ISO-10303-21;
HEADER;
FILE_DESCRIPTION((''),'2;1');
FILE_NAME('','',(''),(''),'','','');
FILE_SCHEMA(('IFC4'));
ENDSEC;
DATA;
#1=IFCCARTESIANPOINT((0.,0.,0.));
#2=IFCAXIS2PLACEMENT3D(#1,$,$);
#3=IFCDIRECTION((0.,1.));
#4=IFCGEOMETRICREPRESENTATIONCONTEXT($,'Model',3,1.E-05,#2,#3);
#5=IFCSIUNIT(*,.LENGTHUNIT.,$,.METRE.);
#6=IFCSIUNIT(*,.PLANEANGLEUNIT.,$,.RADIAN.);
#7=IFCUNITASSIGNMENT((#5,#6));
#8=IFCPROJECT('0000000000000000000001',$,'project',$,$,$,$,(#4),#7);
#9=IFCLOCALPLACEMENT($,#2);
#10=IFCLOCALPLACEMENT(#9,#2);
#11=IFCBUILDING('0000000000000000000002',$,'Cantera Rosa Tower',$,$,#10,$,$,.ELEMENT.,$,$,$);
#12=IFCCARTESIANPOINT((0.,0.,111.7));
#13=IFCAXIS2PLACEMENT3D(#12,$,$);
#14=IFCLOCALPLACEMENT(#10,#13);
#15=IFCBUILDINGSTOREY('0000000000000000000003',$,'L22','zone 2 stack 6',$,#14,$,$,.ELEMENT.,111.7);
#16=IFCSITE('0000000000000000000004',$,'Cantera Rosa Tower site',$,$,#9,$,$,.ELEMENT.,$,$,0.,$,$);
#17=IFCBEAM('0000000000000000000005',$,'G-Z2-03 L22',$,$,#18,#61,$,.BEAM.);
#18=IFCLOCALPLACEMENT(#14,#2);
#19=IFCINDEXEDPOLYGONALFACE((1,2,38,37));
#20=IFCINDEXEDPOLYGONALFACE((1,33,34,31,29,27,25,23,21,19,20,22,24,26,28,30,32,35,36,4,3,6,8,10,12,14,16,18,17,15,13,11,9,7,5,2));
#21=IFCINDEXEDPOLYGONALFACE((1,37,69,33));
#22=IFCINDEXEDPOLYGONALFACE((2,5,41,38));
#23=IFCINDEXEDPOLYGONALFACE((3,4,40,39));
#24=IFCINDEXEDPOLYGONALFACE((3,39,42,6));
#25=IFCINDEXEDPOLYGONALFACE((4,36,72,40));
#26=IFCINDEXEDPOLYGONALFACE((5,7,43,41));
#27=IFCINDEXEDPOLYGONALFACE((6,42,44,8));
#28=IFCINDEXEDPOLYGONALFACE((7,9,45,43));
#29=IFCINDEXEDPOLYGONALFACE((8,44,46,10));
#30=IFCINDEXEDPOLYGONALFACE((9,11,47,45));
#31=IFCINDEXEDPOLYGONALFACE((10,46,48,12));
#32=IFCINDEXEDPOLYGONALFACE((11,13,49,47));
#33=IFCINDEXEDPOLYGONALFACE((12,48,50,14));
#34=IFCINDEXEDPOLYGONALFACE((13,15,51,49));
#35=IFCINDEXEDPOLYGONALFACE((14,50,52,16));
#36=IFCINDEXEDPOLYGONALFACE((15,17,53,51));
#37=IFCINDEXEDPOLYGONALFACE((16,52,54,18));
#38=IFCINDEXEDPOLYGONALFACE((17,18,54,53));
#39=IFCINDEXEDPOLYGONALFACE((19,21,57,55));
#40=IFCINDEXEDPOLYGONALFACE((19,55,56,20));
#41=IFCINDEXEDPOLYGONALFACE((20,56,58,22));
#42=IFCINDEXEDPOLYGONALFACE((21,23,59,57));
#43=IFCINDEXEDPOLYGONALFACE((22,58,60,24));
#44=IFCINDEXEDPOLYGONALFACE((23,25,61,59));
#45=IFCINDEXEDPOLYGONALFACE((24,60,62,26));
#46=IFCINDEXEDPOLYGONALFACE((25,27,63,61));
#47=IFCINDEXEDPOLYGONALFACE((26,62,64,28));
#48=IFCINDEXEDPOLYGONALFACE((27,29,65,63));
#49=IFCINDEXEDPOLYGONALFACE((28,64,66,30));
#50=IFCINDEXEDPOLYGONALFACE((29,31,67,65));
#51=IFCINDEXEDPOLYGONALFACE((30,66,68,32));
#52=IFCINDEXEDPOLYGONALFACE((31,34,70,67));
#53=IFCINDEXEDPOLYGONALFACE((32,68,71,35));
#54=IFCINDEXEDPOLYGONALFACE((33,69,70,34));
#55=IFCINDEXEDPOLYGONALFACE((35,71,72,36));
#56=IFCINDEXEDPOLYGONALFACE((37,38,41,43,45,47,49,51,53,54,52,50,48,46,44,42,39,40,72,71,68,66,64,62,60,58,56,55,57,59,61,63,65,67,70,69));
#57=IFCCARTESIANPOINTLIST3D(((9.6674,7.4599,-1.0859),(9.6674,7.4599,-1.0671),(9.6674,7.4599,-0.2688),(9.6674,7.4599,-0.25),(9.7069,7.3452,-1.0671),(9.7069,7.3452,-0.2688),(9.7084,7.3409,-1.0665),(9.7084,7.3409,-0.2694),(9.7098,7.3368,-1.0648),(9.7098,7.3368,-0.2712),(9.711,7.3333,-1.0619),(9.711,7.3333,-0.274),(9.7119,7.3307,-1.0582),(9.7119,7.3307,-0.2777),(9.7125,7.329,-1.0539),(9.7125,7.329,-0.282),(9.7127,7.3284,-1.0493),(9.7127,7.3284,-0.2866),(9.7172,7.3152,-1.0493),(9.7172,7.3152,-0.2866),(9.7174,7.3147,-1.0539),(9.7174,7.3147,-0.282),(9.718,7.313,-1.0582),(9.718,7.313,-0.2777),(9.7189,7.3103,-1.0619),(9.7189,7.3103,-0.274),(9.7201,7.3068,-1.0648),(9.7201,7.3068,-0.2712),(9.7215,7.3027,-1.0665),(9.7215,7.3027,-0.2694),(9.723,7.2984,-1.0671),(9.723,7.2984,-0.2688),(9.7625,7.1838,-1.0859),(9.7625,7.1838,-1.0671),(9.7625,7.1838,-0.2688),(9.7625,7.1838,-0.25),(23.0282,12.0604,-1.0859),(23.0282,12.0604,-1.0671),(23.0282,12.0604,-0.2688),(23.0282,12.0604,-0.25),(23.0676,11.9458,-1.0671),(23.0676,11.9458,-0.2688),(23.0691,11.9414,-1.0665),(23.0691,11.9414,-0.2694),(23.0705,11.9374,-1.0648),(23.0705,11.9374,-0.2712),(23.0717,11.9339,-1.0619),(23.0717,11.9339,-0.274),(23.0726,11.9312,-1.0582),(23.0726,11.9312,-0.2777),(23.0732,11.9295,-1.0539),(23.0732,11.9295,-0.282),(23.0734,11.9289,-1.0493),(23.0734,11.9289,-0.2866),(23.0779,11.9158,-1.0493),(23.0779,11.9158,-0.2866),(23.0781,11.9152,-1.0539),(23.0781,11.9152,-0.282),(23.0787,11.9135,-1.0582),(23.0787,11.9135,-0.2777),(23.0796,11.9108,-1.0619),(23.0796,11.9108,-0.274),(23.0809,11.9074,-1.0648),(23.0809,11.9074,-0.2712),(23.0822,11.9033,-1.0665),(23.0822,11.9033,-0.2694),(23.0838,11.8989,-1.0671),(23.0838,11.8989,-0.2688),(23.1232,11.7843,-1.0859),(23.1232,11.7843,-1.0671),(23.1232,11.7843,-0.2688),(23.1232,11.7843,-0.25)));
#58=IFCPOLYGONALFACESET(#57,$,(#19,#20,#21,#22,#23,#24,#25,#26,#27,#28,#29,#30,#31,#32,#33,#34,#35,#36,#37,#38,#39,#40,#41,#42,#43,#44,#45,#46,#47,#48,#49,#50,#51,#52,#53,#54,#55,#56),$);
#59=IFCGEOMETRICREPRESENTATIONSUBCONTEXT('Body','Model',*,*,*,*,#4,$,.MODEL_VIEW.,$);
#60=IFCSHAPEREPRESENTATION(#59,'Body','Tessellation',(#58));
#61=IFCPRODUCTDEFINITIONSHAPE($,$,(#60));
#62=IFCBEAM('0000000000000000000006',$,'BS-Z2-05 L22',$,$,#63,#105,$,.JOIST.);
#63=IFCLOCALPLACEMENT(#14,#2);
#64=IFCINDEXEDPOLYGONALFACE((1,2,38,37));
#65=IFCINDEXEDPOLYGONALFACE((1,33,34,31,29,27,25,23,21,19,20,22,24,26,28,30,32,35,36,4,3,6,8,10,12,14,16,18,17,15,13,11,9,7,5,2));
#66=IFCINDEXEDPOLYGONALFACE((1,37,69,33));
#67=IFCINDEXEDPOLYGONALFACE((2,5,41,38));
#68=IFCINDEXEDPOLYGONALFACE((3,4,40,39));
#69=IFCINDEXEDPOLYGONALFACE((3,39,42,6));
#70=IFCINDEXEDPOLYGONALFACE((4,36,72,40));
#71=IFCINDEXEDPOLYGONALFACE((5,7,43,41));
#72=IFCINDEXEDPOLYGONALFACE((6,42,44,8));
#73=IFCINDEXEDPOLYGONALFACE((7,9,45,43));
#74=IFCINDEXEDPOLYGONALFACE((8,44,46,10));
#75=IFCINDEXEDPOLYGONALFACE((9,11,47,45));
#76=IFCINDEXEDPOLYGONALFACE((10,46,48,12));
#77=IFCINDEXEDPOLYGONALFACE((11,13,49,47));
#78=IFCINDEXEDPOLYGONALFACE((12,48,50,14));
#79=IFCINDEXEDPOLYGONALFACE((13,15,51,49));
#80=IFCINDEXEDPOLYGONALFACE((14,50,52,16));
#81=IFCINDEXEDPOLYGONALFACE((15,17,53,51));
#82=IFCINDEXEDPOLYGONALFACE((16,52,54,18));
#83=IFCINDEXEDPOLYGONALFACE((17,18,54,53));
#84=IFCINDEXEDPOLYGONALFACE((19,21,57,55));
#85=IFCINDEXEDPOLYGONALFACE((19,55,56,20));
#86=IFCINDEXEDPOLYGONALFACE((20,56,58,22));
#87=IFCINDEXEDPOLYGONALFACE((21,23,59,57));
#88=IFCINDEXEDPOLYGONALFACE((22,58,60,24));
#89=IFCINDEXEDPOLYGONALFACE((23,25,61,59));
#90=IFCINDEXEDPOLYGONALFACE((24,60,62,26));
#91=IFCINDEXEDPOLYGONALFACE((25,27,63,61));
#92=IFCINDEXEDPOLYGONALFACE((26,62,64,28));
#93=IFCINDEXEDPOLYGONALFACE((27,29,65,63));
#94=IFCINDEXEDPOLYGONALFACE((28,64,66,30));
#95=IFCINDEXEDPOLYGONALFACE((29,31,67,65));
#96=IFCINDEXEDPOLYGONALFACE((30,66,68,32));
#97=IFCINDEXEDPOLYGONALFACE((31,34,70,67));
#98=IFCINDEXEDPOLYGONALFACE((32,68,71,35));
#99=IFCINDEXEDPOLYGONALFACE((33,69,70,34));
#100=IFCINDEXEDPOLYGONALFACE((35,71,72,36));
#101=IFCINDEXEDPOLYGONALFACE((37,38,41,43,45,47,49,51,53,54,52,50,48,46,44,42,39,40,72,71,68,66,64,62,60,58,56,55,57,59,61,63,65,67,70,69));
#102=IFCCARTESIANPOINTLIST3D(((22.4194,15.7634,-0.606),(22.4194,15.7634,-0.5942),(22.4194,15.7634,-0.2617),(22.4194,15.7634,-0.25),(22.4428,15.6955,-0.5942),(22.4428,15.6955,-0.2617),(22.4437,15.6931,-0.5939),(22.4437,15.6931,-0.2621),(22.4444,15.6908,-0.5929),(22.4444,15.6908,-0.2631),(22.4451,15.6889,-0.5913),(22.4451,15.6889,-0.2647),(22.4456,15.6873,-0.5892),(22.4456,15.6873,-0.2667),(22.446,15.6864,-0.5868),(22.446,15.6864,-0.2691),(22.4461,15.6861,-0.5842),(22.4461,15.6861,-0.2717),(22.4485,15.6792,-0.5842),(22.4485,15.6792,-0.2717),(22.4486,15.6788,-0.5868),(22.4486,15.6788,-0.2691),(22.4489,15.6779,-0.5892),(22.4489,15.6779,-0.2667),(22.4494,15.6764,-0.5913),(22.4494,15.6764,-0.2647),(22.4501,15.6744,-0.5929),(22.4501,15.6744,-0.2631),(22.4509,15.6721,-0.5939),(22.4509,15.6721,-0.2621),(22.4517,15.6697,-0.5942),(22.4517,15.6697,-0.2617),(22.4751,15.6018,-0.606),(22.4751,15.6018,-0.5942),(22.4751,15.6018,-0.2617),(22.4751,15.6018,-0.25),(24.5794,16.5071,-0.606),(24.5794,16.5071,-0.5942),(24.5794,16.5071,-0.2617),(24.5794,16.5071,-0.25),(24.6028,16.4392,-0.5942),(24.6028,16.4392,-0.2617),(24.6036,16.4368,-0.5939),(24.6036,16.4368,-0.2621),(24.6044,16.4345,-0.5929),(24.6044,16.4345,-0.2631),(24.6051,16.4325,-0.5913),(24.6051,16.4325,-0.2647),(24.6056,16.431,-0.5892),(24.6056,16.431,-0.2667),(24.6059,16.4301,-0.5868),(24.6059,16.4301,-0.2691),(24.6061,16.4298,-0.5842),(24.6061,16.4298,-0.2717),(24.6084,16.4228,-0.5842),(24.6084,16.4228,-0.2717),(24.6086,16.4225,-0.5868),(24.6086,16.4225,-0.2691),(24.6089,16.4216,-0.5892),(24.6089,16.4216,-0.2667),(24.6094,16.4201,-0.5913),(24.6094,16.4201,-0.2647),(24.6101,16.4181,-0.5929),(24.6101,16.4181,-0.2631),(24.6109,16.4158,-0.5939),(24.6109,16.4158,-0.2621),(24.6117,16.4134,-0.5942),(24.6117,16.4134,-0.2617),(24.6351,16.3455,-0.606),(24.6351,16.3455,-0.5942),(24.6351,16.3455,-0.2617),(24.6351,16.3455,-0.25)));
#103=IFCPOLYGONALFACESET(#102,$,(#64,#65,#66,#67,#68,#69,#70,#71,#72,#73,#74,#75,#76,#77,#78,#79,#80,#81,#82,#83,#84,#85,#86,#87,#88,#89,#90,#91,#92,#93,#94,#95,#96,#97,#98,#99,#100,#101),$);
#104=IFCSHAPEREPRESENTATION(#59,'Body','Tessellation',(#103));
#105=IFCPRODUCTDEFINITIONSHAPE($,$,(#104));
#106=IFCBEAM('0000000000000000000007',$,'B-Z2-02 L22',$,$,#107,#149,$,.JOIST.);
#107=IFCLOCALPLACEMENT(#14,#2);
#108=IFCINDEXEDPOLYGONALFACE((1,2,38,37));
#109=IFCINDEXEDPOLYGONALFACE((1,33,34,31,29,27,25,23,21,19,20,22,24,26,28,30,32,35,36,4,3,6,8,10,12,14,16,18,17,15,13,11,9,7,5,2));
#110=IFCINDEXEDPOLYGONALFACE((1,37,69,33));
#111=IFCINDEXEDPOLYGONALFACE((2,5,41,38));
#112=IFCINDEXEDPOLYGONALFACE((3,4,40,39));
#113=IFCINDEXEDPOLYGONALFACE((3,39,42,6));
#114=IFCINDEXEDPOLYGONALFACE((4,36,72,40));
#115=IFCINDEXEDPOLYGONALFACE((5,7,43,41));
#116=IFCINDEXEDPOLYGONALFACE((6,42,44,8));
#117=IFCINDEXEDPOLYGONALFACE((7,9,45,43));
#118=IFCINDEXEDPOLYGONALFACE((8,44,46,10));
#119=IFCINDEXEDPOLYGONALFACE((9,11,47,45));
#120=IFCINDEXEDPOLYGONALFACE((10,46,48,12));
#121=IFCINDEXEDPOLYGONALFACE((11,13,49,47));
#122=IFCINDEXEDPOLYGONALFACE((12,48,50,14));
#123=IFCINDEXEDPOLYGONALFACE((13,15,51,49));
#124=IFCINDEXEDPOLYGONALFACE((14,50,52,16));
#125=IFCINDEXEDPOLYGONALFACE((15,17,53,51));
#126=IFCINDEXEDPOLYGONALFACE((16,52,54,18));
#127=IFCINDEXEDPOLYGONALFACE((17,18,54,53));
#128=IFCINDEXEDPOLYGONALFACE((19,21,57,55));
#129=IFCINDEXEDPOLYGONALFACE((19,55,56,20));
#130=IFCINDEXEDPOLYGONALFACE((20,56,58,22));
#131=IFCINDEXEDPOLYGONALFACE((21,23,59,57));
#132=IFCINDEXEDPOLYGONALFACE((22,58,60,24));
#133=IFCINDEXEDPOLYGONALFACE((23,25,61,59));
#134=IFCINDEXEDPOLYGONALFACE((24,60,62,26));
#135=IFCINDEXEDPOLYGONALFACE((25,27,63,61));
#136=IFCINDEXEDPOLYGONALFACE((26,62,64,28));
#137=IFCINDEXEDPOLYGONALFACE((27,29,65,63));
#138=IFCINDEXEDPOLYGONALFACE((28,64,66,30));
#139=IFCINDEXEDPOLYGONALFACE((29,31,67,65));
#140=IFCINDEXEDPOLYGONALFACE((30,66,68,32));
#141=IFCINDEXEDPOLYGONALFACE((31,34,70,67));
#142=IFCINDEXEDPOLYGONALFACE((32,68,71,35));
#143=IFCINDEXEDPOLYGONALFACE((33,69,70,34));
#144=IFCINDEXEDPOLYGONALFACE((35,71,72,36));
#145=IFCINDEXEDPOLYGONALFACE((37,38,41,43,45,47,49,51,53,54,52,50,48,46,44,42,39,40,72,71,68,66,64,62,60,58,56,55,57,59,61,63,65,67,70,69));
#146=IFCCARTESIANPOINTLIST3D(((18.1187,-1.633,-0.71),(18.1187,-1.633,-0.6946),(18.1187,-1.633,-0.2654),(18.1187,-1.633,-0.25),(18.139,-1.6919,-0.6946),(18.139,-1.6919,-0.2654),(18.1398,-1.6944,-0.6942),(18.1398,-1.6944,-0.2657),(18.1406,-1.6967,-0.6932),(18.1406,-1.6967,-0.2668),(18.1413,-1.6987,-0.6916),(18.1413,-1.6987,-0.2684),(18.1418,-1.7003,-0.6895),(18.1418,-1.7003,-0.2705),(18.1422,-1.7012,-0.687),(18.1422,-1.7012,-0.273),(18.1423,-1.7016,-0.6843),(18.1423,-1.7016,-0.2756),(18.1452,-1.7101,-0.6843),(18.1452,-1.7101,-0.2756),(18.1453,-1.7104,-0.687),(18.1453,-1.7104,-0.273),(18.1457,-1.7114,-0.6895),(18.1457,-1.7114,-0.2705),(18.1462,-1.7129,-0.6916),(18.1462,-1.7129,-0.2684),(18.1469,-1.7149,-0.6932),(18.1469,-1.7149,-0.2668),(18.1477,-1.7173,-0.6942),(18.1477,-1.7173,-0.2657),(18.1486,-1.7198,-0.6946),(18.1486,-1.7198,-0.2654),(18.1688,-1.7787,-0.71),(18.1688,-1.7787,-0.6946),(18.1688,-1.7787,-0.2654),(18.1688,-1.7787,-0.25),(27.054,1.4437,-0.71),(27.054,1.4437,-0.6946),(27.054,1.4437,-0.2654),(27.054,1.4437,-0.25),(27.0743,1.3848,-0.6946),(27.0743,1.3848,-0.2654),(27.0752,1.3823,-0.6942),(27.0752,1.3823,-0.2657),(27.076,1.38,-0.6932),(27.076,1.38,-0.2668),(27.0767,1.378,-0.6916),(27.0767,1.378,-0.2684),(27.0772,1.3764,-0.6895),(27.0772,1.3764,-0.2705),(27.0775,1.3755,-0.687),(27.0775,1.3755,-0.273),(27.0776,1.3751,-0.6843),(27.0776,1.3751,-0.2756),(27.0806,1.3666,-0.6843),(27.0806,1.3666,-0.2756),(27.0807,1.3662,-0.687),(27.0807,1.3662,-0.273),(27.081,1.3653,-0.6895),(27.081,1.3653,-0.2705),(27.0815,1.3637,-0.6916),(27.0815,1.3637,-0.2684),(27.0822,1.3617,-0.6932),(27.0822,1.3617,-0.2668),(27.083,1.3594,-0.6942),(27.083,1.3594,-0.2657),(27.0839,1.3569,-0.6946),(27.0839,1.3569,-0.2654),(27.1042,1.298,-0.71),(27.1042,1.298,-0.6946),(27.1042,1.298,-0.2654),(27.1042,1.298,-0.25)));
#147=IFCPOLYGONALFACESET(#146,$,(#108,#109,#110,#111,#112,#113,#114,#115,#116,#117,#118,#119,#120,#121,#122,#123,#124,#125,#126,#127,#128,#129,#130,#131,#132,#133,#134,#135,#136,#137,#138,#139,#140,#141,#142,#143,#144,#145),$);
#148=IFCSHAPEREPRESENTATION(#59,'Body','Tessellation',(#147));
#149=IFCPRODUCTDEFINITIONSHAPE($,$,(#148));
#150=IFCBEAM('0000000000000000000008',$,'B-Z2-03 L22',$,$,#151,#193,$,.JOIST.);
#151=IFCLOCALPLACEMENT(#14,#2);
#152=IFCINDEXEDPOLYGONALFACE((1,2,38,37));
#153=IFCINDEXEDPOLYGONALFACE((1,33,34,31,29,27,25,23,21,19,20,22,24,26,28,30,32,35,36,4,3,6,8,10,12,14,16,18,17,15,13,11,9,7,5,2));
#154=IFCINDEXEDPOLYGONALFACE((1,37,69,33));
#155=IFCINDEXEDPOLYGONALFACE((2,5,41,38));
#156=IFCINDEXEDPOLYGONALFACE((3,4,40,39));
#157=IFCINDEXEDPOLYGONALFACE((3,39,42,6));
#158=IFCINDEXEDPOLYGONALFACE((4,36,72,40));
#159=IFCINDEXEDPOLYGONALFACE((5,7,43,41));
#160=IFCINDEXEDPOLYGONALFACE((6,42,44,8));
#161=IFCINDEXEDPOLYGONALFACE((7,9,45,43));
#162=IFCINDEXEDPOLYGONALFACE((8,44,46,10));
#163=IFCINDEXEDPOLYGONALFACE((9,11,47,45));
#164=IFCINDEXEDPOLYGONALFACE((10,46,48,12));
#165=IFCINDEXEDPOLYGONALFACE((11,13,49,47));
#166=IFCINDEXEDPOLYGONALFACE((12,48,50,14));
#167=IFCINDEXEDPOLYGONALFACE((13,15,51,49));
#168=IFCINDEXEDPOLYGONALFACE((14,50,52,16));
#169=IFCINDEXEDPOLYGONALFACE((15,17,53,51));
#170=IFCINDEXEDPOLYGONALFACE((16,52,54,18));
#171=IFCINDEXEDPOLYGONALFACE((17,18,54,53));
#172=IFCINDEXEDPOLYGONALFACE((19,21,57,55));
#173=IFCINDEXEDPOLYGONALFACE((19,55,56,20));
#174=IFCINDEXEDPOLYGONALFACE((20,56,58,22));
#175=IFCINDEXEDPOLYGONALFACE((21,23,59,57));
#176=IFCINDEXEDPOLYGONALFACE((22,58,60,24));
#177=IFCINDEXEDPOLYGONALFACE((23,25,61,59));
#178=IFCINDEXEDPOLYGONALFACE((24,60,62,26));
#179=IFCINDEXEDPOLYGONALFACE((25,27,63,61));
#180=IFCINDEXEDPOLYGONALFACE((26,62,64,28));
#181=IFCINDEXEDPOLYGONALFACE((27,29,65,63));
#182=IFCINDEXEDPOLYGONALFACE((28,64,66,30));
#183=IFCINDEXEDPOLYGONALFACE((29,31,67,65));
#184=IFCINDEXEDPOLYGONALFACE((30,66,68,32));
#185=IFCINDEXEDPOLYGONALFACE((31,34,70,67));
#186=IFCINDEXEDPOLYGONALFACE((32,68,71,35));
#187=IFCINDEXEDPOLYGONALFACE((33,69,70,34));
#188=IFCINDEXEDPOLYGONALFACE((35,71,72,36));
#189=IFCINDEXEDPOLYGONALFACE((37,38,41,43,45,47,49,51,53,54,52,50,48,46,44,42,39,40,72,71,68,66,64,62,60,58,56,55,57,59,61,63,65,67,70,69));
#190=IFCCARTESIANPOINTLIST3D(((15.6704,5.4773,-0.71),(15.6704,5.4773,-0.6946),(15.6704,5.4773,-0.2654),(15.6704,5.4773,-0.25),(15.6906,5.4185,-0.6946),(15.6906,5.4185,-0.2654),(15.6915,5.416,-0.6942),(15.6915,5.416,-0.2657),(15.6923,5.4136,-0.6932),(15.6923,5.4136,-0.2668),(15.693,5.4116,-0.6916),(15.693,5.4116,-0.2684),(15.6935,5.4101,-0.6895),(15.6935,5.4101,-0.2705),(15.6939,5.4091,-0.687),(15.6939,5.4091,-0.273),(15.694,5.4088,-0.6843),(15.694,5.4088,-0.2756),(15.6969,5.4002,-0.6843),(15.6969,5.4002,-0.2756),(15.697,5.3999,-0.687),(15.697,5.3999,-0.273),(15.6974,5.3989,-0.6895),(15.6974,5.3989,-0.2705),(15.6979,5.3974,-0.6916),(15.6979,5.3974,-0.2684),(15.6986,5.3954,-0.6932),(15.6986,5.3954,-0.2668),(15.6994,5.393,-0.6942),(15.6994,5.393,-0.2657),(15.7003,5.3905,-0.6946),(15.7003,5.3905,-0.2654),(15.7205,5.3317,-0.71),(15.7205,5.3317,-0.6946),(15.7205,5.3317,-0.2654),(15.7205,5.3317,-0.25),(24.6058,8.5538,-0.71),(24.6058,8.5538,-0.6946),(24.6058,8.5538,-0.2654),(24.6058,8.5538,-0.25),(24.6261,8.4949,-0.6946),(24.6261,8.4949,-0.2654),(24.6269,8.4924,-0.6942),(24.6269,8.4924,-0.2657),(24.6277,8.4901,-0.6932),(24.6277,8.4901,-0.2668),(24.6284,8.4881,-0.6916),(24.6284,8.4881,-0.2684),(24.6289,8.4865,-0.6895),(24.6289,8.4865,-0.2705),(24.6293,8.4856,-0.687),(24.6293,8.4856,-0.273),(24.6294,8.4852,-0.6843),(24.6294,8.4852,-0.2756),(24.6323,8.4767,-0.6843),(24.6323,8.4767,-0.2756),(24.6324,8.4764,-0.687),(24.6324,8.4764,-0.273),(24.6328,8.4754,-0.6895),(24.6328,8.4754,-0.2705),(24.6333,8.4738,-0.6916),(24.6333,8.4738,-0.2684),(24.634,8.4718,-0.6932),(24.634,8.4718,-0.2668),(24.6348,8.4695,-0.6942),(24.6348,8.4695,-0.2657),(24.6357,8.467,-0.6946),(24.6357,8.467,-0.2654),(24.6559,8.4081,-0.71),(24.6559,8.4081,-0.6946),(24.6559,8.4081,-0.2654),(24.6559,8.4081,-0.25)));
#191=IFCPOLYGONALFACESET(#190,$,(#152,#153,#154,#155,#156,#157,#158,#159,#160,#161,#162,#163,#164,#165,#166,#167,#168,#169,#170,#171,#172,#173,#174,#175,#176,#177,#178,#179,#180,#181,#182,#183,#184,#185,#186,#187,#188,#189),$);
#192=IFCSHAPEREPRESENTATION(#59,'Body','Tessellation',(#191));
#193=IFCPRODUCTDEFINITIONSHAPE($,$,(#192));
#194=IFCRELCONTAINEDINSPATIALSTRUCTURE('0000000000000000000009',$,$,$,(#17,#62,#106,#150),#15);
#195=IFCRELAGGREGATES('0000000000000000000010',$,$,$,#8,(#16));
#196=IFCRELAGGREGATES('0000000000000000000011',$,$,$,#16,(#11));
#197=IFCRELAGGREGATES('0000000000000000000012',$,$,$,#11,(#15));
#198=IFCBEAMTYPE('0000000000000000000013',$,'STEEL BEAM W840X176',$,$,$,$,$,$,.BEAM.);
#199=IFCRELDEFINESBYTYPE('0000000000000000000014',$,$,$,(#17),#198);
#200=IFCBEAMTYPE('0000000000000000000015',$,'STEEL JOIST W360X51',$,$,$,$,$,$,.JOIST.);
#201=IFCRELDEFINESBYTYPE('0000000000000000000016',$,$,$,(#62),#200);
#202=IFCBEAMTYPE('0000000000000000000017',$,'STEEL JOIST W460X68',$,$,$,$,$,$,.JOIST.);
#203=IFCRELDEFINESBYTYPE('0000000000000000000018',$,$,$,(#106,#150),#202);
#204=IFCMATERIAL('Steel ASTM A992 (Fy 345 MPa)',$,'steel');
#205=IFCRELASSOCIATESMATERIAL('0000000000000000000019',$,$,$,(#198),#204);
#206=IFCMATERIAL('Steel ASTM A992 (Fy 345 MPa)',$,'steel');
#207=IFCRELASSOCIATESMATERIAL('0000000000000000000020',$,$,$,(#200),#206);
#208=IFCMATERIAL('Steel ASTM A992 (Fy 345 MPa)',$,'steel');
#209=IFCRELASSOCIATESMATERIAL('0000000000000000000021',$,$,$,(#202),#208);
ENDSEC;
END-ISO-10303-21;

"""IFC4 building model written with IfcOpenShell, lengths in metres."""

from ifc_helpers import new_model, si_unit, direction, frame, origin, origin_2d, place, context, subcontext, project, spatial, i_section, extrude, material, material_profile, profile_set, type_object, element, save


model = new_model("IFC4")

# Units and contexts
model_context = context("Model", 3, precision=1e-05, world=origin(), true_north=direction((0.0, 1.0)))
body_context = subcontext(model_context, "Body", "Model", "MODEL_VIEW")
ifc_project = project(units=[si_unit("LENGTHUNIT", "METRE"), si_unit("PLANEANGLEUNIT", "RADIAN")], contexts=[model_context])

# Site, building, storey
site_placement = place(None, origin())
site = spatial("IfcSite", under=ifc_project, at=site_placement, Name="Cantera Rosa Tower site", CompositionType="ELEMENT", RefElevation=0.0)
building_placement = place(site_placement, origin())
building = spatial("IfcBuilding", under=site, at=building_placement, Name="Cantera Rosa Tower", CompositionType="ELEMENT")
storey_placement = place(building_placement, frame((0.0, 0.0, 111.7)))
storey = spatial("IfcBuildingStorey", under=building, at=storey_placement, Name="L22", Description="zone 2 stack 6", CompositionType="ELEMENT", Elevation=111.7)

# Beams
ifc_material_1 = material(Name="Steel ASTM A992 (Fy 345 MPa)", Category="steel")
ifc_material_profile_1 = material_profile(ifc_material_1, i_section(OverallWidth=0.292, OverallDepth=0.8359, WebThickness=0.0139, FlangeThickness=0.0188, FilletRadius=0.0178, at=origin_2d()), Name="W840X176")
ifc_profile_set_1 = profile_set([ifc_material_profile_1], Name="Steel ASTM A992 (Fy 345 MPa)")
beam_type_1 = type_object("IfcBeamType", Name="STEEL BEAM W840X176", PredefinedType="BEAM", material=ifc_profile_set_1)
beam_1_placement = place(storey_placement, frame((23.0757, 11.9224, -0.668), z_axis=(-0.945517, -0.325573, 0.0), x_axis=(0.325573, -0.945517, 0.0)))
element("IfcBeam", 1, at=beam_1_placement, inside=storey, type_object=beam_type_1, Name="G-Z2-03 L22", PredefinedType="BEAM", context=body_context, shape_type="SweptSolid", body=[
    extrude(i_section(OverallWidth=0.292, OverallDepth=0.8359, WebThickness=0.0139, FlangeThickness=0.0188, FilletRadius=0.0178, at=origin_2d()), origin(), (0.0, 0.0, 1.0), 14.1306),
])
ifc_material_2 = material(Name="Steel ASTM A992 (Fy 345 MPa)", Category="steel")
ifc_material_profile_2 = material_profile(ifc_material_2, i_section(OverallWidth=0.1709, OverallDepth=0.356, WebThickness=0.0073, FlangeThickness=0.0117, FilletRadius=0.01, at=origin_2d()), Name="W360X51")
ifc_profile_set_2 = profile_set([ifc_material_profile_2], Name="Steel ASTM A992 (Fy 345 MPa)")
beam_type_2 = type_object("IfcBeamType", Name="STEEL JOIST W360X51", PredefinedType="JOIST", material=ifc_profile_set_2)
beam_2_placement = place(storey_placement, frame((22.4473, 15.6826, -0.428), z_axis=(0.945527, 0.325543, 0.0), x_axis=(-0.325543, 0.945527, 0.0)))
element("IfcBeam", 2, at=beam_2_placement, inside=storey, type_object=beam_type_2, Name="BS-Z2-05 L22", PredefinedType="JOIST", context=body_context, shape_type="SweptSolid", body=[
    extrude(i_section(OverallWidth=0.1709, OverallDepth=0.356, WebThickness=0.0073, FlangeThickness=0.0117, FilletRadius=0.01, at=origin_2d()), origin(), (0.0, 0.0, 1.0), 2.2844),
])
ifc_material_3 = material(Name="Steel ASTM A992 (Fy 345 MPa)", Category="steel")
ifc_material_profile_3 = material_profile(ifc_material_3, i_section(OverallWidth=0.1541, OverallDepth=0.46, WebThickness=0.009, FlangeThickness=0.0154, FilletRadius=0.0103, at=origin_2d()), Name="W460X68")
ifc_profile_set_3 = profile_set([ifc_material_profile_3], Name="Steel ASTM A992 (Fy 345 MPa)")
beam_type_3 = type_object("IfcBeamType", Name="STEEL JOIST W460X68", PredefinedType="JOIST", material=ifc_profile_set_3)
for number, where, z_axis, x_axis, name in (
    (3, (27.0791, 1.3708, -0.48), (-0.945519, -0.325567, 0.0), (0.325567, -0.945519, 0.0), "B-Z2-02 L22"),
    (4, (24.6309, 8.481, -0.48), (-0.945527, -0.325544, 0.0), (0.325544, -0.945527, 0.0), "B-Z2-03 L22"),
):
    element("IfcBeam", number, at=place(storey_placement, frame(where, z_axis=z_axis, x_axis=x_axis)), inside=storey, type_object=beam_type_3, Name=name, PredefinedType="JOIST", context=body_context, shape_type="SweptSolid", body=[
        extrude(i_section(OverallWidth=0.1541, OverallDepth=0.46, WebThickness=0.009, FlangeThickness=0.0154, FilletRadius=0.0103, at=origin_2d()), origin(), (0.0, 0.0, 1.0), 9.4502),
    ])

save(model, "model.ifc")
